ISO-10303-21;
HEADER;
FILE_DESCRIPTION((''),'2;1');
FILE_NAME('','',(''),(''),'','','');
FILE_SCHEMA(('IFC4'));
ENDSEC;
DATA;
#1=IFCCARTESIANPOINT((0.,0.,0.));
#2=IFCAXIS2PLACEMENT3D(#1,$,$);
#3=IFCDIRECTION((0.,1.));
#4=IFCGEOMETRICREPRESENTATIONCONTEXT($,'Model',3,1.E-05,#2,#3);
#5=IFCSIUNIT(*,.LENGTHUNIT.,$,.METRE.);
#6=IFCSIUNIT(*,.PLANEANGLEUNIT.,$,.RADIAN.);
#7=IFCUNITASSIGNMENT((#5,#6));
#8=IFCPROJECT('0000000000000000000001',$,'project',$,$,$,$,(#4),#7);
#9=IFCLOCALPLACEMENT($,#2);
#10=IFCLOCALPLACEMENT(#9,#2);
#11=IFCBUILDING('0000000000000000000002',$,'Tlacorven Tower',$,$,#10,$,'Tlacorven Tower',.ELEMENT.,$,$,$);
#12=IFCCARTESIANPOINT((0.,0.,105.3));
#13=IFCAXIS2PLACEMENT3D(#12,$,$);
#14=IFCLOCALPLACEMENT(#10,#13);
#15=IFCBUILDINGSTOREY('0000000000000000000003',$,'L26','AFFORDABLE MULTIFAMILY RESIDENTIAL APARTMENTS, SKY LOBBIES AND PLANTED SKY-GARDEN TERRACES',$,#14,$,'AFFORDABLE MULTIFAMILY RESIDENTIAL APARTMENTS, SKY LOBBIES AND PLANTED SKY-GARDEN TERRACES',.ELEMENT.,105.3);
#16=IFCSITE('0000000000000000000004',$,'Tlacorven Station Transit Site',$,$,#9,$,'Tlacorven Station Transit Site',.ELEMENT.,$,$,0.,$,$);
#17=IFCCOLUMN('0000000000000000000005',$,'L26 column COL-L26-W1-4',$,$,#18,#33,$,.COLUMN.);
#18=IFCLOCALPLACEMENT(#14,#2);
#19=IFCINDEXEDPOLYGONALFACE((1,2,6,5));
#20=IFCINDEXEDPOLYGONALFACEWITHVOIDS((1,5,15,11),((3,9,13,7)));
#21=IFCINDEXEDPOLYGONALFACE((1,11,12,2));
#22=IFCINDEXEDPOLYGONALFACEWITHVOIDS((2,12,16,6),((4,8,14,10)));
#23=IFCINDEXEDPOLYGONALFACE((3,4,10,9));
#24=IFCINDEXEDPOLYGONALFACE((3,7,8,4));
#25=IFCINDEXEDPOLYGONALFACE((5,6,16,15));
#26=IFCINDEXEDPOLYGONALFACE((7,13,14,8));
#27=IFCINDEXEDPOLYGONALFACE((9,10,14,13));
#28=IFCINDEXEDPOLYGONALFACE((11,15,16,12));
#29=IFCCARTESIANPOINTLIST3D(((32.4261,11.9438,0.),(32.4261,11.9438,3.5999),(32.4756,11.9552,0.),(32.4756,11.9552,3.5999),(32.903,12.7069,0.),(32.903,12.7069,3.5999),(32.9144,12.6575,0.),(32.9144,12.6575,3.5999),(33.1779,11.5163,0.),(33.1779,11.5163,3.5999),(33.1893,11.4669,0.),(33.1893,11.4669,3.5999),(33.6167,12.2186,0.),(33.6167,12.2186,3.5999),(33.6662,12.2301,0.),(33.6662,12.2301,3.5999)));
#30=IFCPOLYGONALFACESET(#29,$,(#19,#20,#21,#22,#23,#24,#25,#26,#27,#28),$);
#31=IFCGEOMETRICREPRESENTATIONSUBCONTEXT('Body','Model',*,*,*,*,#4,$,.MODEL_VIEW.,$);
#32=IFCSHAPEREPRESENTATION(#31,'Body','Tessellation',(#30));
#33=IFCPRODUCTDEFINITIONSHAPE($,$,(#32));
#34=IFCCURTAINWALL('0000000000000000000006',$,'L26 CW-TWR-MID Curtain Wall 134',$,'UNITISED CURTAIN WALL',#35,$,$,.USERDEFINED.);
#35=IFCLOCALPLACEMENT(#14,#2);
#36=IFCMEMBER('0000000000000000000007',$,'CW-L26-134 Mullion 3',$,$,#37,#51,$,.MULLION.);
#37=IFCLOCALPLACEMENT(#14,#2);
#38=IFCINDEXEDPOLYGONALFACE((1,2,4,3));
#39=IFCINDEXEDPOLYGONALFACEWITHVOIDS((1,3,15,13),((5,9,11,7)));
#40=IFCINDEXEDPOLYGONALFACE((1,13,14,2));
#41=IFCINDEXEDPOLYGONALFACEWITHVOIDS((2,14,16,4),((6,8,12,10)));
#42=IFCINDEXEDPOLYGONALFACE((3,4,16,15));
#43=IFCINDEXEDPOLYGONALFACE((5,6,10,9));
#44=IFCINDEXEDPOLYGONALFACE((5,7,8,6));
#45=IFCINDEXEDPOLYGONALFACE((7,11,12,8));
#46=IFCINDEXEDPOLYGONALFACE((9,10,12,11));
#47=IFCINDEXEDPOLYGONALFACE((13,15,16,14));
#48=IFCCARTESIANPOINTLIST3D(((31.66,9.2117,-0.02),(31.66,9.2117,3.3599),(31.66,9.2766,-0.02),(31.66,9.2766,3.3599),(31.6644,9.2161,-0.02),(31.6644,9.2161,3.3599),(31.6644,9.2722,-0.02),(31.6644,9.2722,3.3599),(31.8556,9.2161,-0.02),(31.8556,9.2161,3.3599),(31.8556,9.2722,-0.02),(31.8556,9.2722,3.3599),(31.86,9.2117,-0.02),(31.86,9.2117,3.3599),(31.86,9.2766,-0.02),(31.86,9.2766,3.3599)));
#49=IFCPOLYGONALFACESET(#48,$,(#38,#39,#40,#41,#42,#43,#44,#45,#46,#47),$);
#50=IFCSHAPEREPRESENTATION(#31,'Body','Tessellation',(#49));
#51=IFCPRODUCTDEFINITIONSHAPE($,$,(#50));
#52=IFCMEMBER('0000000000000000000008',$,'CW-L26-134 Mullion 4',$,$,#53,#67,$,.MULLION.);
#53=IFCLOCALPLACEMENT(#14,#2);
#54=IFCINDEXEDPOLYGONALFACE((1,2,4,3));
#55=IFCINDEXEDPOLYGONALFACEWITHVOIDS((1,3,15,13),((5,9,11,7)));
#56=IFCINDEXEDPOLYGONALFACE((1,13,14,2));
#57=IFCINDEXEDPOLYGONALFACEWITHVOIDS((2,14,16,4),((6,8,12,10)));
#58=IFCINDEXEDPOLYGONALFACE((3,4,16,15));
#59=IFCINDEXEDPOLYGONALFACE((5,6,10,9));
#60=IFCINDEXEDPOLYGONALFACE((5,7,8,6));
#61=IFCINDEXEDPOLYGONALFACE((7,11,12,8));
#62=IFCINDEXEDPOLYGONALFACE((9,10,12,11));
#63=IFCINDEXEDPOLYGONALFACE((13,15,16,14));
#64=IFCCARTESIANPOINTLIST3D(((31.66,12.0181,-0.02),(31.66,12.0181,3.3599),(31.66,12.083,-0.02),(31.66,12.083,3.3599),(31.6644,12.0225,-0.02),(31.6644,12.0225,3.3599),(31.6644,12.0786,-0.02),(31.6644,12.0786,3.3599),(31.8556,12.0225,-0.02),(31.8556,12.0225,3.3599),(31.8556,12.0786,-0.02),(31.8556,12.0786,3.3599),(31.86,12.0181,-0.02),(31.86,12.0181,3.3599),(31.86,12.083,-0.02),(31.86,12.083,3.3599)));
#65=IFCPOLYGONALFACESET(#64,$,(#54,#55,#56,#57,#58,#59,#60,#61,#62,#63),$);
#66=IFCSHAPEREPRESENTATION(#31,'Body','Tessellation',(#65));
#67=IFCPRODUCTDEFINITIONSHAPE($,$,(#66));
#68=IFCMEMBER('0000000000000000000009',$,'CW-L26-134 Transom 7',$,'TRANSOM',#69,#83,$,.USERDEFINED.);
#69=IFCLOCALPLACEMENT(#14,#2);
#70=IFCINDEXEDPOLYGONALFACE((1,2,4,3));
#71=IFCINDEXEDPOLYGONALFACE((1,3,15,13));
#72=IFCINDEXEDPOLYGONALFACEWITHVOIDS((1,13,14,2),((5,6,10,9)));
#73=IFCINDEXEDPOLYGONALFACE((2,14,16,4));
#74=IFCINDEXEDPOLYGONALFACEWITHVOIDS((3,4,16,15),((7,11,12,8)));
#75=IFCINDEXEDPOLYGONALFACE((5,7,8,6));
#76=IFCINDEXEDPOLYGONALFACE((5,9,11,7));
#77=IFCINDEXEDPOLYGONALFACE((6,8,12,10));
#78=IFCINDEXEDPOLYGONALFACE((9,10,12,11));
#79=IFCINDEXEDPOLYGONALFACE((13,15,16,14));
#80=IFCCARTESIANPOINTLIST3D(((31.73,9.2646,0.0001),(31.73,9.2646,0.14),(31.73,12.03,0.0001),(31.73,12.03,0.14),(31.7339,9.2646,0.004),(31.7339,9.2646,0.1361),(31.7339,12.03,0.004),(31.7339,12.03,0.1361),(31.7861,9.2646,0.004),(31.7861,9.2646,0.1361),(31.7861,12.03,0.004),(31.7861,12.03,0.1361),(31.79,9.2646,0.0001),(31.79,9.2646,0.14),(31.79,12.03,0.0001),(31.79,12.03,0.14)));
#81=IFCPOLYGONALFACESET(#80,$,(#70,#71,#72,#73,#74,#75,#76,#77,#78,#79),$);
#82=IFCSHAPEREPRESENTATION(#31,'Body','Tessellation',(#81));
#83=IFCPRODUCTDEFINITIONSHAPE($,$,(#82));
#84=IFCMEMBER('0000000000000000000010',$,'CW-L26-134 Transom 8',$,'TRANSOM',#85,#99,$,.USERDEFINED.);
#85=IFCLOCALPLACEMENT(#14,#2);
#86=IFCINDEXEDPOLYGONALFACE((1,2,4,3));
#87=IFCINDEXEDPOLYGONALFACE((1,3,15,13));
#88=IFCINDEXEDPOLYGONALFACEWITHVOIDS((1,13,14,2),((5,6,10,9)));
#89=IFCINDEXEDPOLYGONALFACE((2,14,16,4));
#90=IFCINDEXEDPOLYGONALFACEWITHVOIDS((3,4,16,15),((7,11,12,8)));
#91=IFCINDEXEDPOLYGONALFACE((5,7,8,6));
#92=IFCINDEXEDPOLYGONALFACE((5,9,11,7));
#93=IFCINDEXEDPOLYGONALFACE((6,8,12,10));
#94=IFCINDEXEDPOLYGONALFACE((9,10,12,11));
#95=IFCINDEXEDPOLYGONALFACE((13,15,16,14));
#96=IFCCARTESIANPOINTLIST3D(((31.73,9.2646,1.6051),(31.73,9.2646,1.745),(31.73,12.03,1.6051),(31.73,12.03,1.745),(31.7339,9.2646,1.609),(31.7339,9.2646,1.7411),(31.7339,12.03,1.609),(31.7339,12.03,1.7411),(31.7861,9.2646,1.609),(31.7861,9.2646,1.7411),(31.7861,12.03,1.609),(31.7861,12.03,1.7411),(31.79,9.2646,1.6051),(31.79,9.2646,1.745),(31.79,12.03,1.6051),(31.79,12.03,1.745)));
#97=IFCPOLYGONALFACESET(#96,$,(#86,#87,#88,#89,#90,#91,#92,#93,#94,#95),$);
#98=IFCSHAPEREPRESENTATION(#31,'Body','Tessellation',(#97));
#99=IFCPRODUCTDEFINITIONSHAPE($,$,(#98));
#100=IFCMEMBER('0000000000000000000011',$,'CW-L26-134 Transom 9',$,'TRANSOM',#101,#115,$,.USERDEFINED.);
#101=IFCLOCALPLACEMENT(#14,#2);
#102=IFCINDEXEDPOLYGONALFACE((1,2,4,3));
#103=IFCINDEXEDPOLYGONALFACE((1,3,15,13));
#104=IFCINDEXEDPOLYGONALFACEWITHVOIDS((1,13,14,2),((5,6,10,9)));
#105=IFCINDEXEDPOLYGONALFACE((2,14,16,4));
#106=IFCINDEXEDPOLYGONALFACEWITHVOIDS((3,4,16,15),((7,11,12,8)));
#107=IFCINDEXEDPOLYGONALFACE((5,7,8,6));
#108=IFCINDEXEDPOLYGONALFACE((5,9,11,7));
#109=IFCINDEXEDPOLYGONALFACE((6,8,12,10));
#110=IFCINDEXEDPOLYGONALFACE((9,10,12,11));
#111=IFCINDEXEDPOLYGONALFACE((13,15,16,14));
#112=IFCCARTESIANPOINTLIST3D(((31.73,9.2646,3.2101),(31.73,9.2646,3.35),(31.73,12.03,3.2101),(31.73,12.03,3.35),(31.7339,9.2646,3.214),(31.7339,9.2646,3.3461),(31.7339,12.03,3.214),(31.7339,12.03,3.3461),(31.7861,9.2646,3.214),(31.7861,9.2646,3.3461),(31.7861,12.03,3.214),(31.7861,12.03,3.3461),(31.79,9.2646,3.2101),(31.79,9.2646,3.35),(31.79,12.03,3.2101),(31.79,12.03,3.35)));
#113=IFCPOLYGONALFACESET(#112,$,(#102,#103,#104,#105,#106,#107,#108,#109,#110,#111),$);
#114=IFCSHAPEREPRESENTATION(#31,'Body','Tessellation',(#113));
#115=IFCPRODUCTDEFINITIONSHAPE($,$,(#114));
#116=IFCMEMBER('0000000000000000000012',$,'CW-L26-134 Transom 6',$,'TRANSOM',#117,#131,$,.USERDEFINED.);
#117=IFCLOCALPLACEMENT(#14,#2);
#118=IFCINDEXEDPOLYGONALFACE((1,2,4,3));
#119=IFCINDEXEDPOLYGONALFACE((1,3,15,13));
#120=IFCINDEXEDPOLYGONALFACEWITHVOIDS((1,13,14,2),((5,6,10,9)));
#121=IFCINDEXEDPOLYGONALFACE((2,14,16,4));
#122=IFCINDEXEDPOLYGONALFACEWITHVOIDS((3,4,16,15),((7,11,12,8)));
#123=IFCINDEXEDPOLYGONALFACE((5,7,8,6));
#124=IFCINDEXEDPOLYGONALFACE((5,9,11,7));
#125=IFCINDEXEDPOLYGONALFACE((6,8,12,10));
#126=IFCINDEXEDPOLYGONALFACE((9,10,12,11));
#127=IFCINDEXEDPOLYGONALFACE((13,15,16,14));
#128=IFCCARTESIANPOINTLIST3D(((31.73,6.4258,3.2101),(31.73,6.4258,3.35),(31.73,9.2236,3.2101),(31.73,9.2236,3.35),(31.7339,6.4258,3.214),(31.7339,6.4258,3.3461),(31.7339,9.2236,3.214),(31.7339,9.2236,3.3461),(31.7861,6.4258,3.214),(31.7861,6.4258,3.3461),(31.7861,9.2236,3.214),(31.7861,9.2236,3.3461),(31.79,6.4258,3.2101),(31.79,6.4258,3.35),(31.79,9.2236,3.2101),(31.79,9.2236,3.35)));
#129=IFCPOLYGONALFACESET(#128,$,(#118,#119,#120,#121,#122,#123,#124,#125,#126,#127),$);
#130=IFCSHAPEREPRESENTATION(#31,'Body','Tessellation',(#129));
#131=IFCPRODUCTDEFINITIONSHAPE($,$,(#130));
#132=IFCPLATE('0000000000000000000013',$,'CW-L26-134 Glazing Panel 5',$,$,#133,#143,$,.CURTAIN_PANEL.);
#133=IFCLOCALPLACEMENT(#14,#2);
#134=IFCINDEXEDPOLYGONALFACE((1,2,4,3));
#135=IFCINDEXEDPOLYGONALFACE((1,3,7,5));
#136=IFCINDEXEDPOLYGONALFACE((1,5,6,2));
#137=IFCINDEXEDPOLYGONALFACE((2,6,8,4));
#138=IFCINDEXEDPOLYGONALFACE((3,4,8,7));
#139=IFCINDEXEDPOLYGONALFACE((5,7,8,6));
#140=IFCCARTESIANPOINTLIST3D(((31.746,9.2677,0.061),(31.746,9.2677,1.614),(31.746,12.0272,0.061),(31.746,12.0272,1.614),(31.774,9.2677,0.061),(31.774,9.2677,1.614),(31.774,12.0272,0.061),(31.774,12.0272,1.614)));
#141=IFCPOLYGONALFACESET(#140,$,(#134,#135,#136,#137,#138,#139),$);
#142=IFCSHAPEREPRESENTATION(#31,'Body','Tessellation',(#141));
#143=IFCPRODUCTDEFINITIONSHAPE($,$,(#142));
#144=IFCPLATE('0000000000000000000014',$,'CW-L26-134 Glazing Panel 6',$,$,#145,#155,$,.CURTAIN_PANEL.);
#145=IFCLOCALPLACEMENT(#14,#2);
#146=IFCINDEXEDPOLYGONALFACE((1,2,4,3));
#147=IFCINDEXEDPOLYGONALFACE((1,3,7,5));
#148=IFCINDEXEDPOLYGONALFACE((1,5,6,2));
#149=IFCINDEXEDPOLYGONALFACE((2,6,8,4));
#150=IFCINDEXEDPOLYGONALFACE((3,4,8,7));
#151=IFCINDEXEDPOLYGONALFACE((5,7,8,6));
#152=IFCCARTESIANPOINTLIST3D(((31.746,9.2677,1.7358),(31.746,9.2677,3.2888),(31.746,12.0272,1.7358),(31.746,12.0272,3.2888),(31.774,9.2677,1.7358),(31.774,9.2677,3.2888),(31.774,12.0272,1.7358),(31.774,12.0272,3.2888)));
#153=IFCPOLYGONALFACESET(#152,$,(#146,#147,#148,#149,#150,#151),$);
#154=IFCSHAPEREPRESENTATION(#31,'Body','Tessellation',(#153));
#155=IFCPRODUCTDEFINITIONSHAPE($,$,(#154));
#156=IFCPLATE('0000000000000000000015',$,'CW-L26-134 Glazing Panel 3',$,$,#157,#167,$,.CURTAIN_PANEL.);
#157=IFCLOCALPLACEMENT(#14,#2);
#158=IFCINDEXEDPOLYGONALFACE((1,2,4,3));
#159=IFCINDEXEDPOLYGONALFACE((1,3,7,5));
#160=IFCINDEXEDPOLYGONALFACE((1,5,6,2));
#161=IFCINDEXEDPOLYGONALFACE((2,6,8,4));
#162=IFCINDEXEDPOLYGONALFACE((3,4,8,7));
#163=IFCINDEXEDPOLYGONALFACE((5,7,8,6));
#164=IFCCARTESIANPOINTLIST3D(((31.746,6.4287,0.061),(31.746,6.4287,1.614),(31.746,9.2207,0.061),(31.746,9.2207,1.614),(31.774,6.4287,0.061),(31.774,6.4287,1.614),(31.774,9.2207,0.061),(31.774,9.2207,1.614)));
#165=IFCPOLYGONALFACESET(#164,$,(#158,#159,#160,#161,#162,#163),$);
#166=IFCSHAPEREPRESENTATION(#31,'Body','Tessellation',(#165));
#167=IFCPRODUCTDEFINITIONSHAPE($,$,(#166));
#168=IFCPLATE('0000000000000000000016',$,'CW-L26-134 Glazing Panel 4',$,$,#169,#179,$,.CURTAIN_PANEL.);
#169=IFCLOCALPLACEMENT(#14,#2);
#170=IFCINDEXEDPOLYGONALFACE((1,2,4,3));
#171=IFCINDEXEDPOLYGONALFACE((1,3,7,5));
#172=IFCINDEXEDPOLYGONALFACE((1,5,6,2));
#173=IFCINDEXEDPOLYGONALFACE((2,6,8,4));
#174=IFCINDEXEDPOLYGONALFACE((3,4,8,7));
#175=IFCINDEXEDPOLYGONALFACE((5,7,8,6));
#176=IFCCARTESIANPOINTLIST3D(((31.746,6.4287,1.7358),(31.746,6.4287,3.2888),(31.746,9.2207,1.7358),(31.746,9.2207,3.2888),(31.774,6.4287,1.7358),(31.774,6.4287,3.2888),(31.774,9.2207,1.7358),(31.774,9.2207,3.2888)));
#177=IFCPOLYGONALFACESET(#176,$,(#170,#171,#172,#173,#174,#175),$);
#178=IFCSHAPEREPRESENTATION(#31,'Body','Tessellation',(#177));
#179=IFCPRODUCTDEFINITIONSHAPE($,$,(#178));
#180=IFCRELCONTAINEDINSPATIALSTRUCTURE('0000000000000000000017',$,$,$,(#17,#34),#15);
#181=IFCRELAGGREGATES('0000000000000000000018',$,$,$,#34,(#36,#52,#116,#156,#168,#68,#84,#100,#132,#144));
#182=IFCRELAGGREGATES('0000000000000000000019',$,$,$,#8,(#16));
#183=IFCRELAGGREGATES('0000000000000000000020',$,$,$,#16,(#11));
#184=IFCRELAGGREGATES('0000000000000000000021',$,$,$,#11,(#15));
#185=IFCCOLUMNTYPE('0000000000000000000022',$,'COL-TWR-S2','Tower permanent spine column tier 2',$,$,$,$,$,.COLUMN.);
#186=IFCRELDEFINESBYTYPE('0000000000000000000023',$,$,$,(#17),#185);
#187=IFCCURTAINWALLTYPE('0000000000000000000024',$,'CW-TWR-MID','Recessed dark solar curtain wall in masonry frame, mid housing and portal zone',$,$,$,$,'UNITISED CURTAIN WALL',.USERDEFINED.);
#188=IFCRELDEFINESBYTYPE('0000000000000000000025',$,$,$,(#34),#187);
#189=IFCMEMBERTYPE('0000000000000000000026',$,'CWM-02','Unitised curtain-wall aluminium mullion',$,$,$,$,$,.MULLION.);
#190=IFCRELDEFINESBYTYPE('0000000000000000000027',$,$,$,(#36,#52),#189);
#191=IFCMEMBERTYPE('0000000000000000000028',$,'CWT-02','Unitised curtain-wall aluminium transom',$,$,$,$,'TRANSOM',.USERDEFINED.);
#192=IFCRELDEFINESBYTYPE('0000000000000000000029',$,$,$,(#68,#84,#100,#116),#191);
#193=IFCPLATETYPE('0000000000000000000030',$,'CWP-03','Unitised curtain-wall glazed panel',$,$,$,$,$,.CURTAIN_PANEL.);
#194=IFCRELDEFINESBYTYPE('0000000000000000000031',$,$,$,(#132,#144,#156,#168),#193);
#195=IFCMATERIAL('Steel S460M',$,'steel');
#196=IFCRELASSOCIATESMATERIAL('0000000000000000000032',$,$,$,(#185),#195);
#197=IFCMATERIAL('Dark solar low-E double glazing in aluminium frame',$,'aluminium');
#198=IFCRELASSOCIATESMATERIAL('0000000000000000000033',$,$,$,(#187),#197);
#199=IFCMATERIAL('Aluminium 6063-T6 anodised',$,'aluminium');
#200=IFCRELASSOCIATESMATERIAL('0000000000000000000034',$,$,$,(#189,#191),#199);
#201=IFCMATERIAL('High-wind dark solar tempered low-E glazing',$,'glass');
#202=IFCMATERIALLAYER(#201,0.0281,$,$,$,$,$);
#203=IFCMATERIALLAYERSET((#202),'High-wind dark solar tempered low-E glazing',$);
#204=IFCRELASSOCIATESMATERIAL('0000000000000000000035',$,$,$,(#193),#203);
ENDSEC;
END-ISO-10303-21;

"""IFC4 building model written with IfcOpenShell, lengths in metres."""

from ifc_helpers import new_model, si_unit, direction, frame, origin, origin_2d, place, context, subcontext, project, spatial, rectangle, hollow_rectangle, extrude, source, transform, mapped, material, layer, layer_set, material_profile, profile_set, type_object, element, aggregate, save


model = new_model("IFC4")

# Units and contexts
model_context = context("Model", 3, precision=1e-05, world=origin(), true_north=direction((0.0, 1.0)))
body_context = subcontext(model_context, "Body", "Model", "MODEL_VIEW")
ifc_project = project(units=[si_unit("LENGTHUNIT", "METRE"), si_unit("PLANEANGLEUNIT", "RADIAN")], contexts=[model_context])

# Site, building, storey
site_placement = place(None, origin())
site = spatial("IfcSite", under=ifc_project, at=site_placement, Name="Tlacorven Station Transit Site", LongName="Tlacorven Station Transit Site", CompositionType="ELEMENT", RefElevation=0.0)
building_placement = place(site_placement, origin())
building = spatial("IfcBuilding", under=site, at=building_placement, Name="Tlacorven Tower", LongName="Tlacorven Tower", CompositionType="ELEMENT")
storey_placement = place(building_placement, frame((0.0, 0.0, 105.3)))
storey = spatial("IfcBuildingStorey", under=building, at=storey_placement, Name="L26", Description="AFFORDABLE MULTIFAMILY RESIDENTIAL APARTMENTS, SKY LOBBIES AND PLANTED SKY-GARDEN TERRACES", LongName="AFFORDABLE MULTIFAMILY RESIDENTIAL APARTMENTS, SKY LOBBIES AND PLANTED SKY-GARDEN TERRACES", CompositionType="ELEMENT", Elevation=105.3)

# Column
ifc_material_1 = material(Name="Steel S460M", Category="steel")
ifc_material_profile_1 = material_profile(ifc_material_1, hollow_rectangle(XDim=0.8999, YDim=0.8999, WallThickness=0.0359, at=origin_2d()), Name="BOX 900X900X36")
ifc_profile_set_1 = profile_set([ifc_material_profile_1], Name="Steel S460M")
column_type = type_object("IfcColumnType", Name="COL-TWR-S2", Description="Tower permanent spine column tier 2", PredefinedType="COLUMN", material=ifc_profile_set_1)
shared_shape_1 = source(origin(), body_context, "Body", "SweptSolid", [
    extrude(hollow_rectangle(XDim=0.8999, YDim=0.8999, WallThickness=0.0359, at=origin_2d()), origin(), (0.0, 0.0, 1.0), 3.5999),
])
column_placement = place(storey_placement, frame((33.0461, 12.0869, 0.0), z_axis=(0.0, 0.0, 1.0), x_axis=(-0.848048, 0.529919, 0.0)))
element("IfcColumn", 1, at=column_placement, inside=storey, type_object=column_type, Name="L26 column COL-L26-W1-4", PredefinedType="COLUMN", context=body_context, shape_type="MappedRepresentation", body=[
    mapped(shared_shape_1, transform((0.0, 0.0, 0.0), scale=1.0)),
])

# Curtain wall, members, plates
ifc_material_2 = material(Name="Dark solar low-E double glazing in aluminium frame", Category="aluminium")
curtain_wall_type = type_object("IfcCurtainWallType", Name="CW-TWR-MID", Description="Recessed dark solar curtain wall in masonry frame, mid housing and portal zone", ElementType="UNITISED CURTAIN WALL", PredefinedType="USERDEFINED", material=ifc_material_2)
curtain_wall_placement = place(storey_placement, origin())
curtain_wall = element("IfcCurtainWall", 2, at=curtain_wall_placement, inside=storey, type_object=curtain_wall_type, Name="L26 CW-TWR-MID Curtain Wall 134", ObjectType="UNITISED CURTAIN WALL", PredefinedType="USERDEFINED")
ifc_material_3 = material(Name="Aluminium 6063-T6 anodised", Category="aluminium")
ifc_material_profile_2 = material_profile(ifc_material_3, hollow_rectangle(XDim=0.0649, YDim=0.2, WallThickness=0.0044, at=origin_2d()), Name="ALU MULLION 65X200")
ifc_profile_set_2 = profile_set([ifc_material_profile_2], Name="Aluminium 6063-T6 anodised")
member_type_1 = type_object("IfcMemberType", Name="CWM-02", Description="Unitised curtain-wall aluminium mullion", PredefinedType="MULLION", material=ifc_profile_set_2)
shared_shape_2 = source(origin(), body_context, "Body", "SweptSolid", [
    extrude(hollow_rectangle(XDim=0.0649, YDim=0.2, WallThickness=0.0044, at=origin_2d()), origin(), (0.0, 0.0, 1.0), 3.3799),
])
member_1_placement = place(storey_placement, frame((31.76, 9.2441, -0.02), z_axis=(0.0, 0.0, 1.0), x_axis=(0.0, 1.0, 0.0)))
member_1 = element("IfcMember", 3, at=member_1_placement, type_object=member_type_1, Name="CW-L26-134 Mullion 3", PredefinedType="MULLION", context=body_context, shape_type="MappedRepresentation", body=[
    mapped(shared_shape_2, transform((0.0, 0.0, 0.0), scale=1.0)),
])
member_2_placement = place(storey_placement, frame((31.76, 12.0505, -0.02), z_axis=(0.0, 0.0, 1.0), x_axis=(0.0, 1.0, 0.0)))
member_2 = element("IfcMember", 4, at=member_2_placement, type_object=member_type_1, Name="CW-L26-134 Mullion 4", PredefinedType="MULLION", context=body_context, shape_type="MappedRepresentation", body=[
    mapped(shared_shape_2, transform((0.0, 0.0, 0.0), scale=1.0)),
])
ifc_material_profile_3 = material_profile(ifc_material_3, hollow_rectangle(XDim=0.0601, YDim=0.1399, WallThickness=0.0039, at=origin_2d()), Name="ALU TRANSOM 60X140")
ifc_profile_set_3 = profile_set([ifc_material_profile_3], Name="Aluminium 6063-T6 anodised")
member_type_2 = type_object("IfcMemberType", Name="CWT-02", Description="Unitised curtain-wall aluminium transom", ElementType="TRANSOM", PredefinedType="USERDEFINED", material=ifc_profile_set_3)
shared_shape_3 = source(origin(), body_context, "Body", "SweptSolid", [
    extrude(hollow_rectangle(XDim=0.0601, YDim=0.1399, WallThickness=0.0039, at=origin_2d()), origin(), (0.0, 0.0, 1.0), 2.7654),
])
member_3_placement = place(storey_placement, frame((31.76, 9.2646, 0.0701), z_axis=(0.0, 1.0, 0.0), x_axis=(-1.0, 0.0, 0.0)))
member_3 = element("IfcMember", 5, at=member_3_placement, type_object=member_type_2, Name="CW-L26-134 Transom 7", ObjectType="TRANSOM", PredefinedType="USERDEFINED", context=body_context, shape_type="MappedRepresentation", body=[
    mapped(shared_shape_3, transform((0.0, 0.0, 0.0), scale=1.0)),
])
member_4_placement = place(storey_placement, frame((31.76, 9.2646, 1.675), z_axis=(0.0, 1.0, 0.0), x_axis=(-1.0, 0.0, 0.0)))
member_4 = element("IfcMember", 6, at=member_4_placement, type_object=member_type_2, Name="CW-L26-134 Transom 8", ObjectType="TRANSOM", PredefinedType="USERDEFINED", context=body_context, shape_type="MappedRepresentation", body=[
    mapped(shared_shape_3, transform((0.0, 0.0, 0.0), scale=1.0)),
])
member_5_placement = place(storey_placement, frame((31.76, 9.2646, 3.28), z_axis=(0.0, 1.0, 0.0), x_axis=(-1.0, 0.0, 0.0)))
member_5 = element("IfcMember", 7, at=member_5_placement, type_object=member_type_2, Name="CW-L26-134 Transom 9", ObjectType="TRANSOM", PredefinedType="USERDEFINED", context=body_context, shape_type="MappedRepresentation", body=[
    mapped(shared_shape_3, transform((0.0, 0.0, 0.0), scale=1.0)),
])
shared_shape_4 = source(origin(), body_context, "Body", "SweptSolid", [
    extrude(hollow_rectangle(XDim=0.0601, YDim=0.1399, WallThickness=0.0039, at=origin_2d()), origin(), (0.0, 0.0, 1.0), 2.7979),
])
member_6_placement = place(storey_placement, frame((31.76, 6.4258, 3.28), z_axis=(0.0, 1.0, 0.0), x_axis=(-1.0, 0.0, 0.0)))
member_6 = element("IfcMember", 8, at=member_6_placement, type_object=member_type_2, Name="CW-L26-134 Transom 6", ObjectType="TRANSOM", PredefinedType="USERDEFINED", context=body_context, shape_type="MappedRepresentation", body=[
    mapped(shared_shape_4, transform((0.0, 0.0, 0.0), scale=1.0)),
])
ifc_material_4 = material(Name="High-wind dark solar tempered low-E glazing", Category="glass")
ifc_layer = layer(ifc_material_4, 0.0281)
ifc_layer_set = layer_set([ifc_layer], Name="High-wind dark solar tempered low-E glazing")
plate_type = type_object("IfcPlateType", Name="CWP-03", Description="Unitised curtain-wall glazed panel", PredefinedType="CURTAIN_PANEL", material=ifc_layer_set)
shared_shape_5 = source(origin(), body_context, "Body", "SweptSolid", [
    extrude(rectangle(XDim=2.7595, YDim=0.0281, at=origin_2d()), origin(), (0.0, 0.0, 1.0), 1.553),
])
plate_1_placement = place(storey_placement, frame((31.76, 10.6475, 0.061), z_axis=(0.0, 0.0, 1.0), x_axis=(0.0, 1.0, 0.0)))
plate_1 = element("IfcPlate", 9, at=plate_1_placement, type_object=plate_type, Name="CW-L26-134 Glazing Panel 5", PredefinedType="CURTAIN_PANEL", context=body_context, shape_type="MappedRepresentation", body=[
    mapped(shared_shape_5, transform((0.0, 0.0, 0.0), scale=1.0)),
])
plate_2_placement = place(storey_placement, frame((31.76, 10.6475, 1.7358), z_axis=(0.0, 0.0, 1.0), x_axis=(0.0, 1.0, 0.0)))
plate_2 = element("IfcPlate", 10, at=plate_2_placement, type_object=plate_type, Name="CW-L26-134 Glazing Panel 6", PredefinedType="CURTAIN_PANEL", context=body_context, shape_type="MappedRepresentation", body=[
    mapped(shared_shape_5, transform((0.0, 0.0, 0.0), scale=1.0)),
])
shared_shape_6 = source(origin(), body_context, "Body", "SweptSolid", [
    extrude(rectangle(XDim=2.792, YDim=0.0281, at=origin_2d()), origin(), (0.0, 0.0, 1.0), 1.553),
])
plate_3_placement = place(storey_placement, frame((31.76, 7.8247, 0.061), z_axis=(0.0, 0.0, 1.0), x_axis=(0.0, 1.0, 0.0)))
plate_3 = element("IfcPlate", 11, at=plate_3_placement, type_object=plate_type, Name="CW-L26-134 Glazing Panel 3", PredefinedType="CURTAIN_PANEL", context=body_context, shape_type="MappedRepresentation", body=[
    mapped(shared_shape_6, transform((0.0, 0.0, 0.0), scale=1.0)),
])
plate_4_placement = place(storey_placement, frame((31.76, 7.8247, 1.7358), z_axis=(0.0, 0.0, 1.0), x_axis=(0.0, 1.0, 0.0)))
plate_4 = element("IfcPlate", 12, at=plate_4_placement, type_object=plate_type, Name="CW-L26-134 Glazing Panel 4", PredefinedType="CURTAIN_PANEL", context=body_context, shape_type="MappedRepresentation", body=[
    mapped(shared_shape_6, transform((0.0, 0.0, 0.0), scale=1.0)),
])
aggregate(curtain_wall, [member_1, member_2, member_6, plate_3, plate_4, member_3, member_4, member_5, plate_1, plate_2])

save(model, "model.ifc")
